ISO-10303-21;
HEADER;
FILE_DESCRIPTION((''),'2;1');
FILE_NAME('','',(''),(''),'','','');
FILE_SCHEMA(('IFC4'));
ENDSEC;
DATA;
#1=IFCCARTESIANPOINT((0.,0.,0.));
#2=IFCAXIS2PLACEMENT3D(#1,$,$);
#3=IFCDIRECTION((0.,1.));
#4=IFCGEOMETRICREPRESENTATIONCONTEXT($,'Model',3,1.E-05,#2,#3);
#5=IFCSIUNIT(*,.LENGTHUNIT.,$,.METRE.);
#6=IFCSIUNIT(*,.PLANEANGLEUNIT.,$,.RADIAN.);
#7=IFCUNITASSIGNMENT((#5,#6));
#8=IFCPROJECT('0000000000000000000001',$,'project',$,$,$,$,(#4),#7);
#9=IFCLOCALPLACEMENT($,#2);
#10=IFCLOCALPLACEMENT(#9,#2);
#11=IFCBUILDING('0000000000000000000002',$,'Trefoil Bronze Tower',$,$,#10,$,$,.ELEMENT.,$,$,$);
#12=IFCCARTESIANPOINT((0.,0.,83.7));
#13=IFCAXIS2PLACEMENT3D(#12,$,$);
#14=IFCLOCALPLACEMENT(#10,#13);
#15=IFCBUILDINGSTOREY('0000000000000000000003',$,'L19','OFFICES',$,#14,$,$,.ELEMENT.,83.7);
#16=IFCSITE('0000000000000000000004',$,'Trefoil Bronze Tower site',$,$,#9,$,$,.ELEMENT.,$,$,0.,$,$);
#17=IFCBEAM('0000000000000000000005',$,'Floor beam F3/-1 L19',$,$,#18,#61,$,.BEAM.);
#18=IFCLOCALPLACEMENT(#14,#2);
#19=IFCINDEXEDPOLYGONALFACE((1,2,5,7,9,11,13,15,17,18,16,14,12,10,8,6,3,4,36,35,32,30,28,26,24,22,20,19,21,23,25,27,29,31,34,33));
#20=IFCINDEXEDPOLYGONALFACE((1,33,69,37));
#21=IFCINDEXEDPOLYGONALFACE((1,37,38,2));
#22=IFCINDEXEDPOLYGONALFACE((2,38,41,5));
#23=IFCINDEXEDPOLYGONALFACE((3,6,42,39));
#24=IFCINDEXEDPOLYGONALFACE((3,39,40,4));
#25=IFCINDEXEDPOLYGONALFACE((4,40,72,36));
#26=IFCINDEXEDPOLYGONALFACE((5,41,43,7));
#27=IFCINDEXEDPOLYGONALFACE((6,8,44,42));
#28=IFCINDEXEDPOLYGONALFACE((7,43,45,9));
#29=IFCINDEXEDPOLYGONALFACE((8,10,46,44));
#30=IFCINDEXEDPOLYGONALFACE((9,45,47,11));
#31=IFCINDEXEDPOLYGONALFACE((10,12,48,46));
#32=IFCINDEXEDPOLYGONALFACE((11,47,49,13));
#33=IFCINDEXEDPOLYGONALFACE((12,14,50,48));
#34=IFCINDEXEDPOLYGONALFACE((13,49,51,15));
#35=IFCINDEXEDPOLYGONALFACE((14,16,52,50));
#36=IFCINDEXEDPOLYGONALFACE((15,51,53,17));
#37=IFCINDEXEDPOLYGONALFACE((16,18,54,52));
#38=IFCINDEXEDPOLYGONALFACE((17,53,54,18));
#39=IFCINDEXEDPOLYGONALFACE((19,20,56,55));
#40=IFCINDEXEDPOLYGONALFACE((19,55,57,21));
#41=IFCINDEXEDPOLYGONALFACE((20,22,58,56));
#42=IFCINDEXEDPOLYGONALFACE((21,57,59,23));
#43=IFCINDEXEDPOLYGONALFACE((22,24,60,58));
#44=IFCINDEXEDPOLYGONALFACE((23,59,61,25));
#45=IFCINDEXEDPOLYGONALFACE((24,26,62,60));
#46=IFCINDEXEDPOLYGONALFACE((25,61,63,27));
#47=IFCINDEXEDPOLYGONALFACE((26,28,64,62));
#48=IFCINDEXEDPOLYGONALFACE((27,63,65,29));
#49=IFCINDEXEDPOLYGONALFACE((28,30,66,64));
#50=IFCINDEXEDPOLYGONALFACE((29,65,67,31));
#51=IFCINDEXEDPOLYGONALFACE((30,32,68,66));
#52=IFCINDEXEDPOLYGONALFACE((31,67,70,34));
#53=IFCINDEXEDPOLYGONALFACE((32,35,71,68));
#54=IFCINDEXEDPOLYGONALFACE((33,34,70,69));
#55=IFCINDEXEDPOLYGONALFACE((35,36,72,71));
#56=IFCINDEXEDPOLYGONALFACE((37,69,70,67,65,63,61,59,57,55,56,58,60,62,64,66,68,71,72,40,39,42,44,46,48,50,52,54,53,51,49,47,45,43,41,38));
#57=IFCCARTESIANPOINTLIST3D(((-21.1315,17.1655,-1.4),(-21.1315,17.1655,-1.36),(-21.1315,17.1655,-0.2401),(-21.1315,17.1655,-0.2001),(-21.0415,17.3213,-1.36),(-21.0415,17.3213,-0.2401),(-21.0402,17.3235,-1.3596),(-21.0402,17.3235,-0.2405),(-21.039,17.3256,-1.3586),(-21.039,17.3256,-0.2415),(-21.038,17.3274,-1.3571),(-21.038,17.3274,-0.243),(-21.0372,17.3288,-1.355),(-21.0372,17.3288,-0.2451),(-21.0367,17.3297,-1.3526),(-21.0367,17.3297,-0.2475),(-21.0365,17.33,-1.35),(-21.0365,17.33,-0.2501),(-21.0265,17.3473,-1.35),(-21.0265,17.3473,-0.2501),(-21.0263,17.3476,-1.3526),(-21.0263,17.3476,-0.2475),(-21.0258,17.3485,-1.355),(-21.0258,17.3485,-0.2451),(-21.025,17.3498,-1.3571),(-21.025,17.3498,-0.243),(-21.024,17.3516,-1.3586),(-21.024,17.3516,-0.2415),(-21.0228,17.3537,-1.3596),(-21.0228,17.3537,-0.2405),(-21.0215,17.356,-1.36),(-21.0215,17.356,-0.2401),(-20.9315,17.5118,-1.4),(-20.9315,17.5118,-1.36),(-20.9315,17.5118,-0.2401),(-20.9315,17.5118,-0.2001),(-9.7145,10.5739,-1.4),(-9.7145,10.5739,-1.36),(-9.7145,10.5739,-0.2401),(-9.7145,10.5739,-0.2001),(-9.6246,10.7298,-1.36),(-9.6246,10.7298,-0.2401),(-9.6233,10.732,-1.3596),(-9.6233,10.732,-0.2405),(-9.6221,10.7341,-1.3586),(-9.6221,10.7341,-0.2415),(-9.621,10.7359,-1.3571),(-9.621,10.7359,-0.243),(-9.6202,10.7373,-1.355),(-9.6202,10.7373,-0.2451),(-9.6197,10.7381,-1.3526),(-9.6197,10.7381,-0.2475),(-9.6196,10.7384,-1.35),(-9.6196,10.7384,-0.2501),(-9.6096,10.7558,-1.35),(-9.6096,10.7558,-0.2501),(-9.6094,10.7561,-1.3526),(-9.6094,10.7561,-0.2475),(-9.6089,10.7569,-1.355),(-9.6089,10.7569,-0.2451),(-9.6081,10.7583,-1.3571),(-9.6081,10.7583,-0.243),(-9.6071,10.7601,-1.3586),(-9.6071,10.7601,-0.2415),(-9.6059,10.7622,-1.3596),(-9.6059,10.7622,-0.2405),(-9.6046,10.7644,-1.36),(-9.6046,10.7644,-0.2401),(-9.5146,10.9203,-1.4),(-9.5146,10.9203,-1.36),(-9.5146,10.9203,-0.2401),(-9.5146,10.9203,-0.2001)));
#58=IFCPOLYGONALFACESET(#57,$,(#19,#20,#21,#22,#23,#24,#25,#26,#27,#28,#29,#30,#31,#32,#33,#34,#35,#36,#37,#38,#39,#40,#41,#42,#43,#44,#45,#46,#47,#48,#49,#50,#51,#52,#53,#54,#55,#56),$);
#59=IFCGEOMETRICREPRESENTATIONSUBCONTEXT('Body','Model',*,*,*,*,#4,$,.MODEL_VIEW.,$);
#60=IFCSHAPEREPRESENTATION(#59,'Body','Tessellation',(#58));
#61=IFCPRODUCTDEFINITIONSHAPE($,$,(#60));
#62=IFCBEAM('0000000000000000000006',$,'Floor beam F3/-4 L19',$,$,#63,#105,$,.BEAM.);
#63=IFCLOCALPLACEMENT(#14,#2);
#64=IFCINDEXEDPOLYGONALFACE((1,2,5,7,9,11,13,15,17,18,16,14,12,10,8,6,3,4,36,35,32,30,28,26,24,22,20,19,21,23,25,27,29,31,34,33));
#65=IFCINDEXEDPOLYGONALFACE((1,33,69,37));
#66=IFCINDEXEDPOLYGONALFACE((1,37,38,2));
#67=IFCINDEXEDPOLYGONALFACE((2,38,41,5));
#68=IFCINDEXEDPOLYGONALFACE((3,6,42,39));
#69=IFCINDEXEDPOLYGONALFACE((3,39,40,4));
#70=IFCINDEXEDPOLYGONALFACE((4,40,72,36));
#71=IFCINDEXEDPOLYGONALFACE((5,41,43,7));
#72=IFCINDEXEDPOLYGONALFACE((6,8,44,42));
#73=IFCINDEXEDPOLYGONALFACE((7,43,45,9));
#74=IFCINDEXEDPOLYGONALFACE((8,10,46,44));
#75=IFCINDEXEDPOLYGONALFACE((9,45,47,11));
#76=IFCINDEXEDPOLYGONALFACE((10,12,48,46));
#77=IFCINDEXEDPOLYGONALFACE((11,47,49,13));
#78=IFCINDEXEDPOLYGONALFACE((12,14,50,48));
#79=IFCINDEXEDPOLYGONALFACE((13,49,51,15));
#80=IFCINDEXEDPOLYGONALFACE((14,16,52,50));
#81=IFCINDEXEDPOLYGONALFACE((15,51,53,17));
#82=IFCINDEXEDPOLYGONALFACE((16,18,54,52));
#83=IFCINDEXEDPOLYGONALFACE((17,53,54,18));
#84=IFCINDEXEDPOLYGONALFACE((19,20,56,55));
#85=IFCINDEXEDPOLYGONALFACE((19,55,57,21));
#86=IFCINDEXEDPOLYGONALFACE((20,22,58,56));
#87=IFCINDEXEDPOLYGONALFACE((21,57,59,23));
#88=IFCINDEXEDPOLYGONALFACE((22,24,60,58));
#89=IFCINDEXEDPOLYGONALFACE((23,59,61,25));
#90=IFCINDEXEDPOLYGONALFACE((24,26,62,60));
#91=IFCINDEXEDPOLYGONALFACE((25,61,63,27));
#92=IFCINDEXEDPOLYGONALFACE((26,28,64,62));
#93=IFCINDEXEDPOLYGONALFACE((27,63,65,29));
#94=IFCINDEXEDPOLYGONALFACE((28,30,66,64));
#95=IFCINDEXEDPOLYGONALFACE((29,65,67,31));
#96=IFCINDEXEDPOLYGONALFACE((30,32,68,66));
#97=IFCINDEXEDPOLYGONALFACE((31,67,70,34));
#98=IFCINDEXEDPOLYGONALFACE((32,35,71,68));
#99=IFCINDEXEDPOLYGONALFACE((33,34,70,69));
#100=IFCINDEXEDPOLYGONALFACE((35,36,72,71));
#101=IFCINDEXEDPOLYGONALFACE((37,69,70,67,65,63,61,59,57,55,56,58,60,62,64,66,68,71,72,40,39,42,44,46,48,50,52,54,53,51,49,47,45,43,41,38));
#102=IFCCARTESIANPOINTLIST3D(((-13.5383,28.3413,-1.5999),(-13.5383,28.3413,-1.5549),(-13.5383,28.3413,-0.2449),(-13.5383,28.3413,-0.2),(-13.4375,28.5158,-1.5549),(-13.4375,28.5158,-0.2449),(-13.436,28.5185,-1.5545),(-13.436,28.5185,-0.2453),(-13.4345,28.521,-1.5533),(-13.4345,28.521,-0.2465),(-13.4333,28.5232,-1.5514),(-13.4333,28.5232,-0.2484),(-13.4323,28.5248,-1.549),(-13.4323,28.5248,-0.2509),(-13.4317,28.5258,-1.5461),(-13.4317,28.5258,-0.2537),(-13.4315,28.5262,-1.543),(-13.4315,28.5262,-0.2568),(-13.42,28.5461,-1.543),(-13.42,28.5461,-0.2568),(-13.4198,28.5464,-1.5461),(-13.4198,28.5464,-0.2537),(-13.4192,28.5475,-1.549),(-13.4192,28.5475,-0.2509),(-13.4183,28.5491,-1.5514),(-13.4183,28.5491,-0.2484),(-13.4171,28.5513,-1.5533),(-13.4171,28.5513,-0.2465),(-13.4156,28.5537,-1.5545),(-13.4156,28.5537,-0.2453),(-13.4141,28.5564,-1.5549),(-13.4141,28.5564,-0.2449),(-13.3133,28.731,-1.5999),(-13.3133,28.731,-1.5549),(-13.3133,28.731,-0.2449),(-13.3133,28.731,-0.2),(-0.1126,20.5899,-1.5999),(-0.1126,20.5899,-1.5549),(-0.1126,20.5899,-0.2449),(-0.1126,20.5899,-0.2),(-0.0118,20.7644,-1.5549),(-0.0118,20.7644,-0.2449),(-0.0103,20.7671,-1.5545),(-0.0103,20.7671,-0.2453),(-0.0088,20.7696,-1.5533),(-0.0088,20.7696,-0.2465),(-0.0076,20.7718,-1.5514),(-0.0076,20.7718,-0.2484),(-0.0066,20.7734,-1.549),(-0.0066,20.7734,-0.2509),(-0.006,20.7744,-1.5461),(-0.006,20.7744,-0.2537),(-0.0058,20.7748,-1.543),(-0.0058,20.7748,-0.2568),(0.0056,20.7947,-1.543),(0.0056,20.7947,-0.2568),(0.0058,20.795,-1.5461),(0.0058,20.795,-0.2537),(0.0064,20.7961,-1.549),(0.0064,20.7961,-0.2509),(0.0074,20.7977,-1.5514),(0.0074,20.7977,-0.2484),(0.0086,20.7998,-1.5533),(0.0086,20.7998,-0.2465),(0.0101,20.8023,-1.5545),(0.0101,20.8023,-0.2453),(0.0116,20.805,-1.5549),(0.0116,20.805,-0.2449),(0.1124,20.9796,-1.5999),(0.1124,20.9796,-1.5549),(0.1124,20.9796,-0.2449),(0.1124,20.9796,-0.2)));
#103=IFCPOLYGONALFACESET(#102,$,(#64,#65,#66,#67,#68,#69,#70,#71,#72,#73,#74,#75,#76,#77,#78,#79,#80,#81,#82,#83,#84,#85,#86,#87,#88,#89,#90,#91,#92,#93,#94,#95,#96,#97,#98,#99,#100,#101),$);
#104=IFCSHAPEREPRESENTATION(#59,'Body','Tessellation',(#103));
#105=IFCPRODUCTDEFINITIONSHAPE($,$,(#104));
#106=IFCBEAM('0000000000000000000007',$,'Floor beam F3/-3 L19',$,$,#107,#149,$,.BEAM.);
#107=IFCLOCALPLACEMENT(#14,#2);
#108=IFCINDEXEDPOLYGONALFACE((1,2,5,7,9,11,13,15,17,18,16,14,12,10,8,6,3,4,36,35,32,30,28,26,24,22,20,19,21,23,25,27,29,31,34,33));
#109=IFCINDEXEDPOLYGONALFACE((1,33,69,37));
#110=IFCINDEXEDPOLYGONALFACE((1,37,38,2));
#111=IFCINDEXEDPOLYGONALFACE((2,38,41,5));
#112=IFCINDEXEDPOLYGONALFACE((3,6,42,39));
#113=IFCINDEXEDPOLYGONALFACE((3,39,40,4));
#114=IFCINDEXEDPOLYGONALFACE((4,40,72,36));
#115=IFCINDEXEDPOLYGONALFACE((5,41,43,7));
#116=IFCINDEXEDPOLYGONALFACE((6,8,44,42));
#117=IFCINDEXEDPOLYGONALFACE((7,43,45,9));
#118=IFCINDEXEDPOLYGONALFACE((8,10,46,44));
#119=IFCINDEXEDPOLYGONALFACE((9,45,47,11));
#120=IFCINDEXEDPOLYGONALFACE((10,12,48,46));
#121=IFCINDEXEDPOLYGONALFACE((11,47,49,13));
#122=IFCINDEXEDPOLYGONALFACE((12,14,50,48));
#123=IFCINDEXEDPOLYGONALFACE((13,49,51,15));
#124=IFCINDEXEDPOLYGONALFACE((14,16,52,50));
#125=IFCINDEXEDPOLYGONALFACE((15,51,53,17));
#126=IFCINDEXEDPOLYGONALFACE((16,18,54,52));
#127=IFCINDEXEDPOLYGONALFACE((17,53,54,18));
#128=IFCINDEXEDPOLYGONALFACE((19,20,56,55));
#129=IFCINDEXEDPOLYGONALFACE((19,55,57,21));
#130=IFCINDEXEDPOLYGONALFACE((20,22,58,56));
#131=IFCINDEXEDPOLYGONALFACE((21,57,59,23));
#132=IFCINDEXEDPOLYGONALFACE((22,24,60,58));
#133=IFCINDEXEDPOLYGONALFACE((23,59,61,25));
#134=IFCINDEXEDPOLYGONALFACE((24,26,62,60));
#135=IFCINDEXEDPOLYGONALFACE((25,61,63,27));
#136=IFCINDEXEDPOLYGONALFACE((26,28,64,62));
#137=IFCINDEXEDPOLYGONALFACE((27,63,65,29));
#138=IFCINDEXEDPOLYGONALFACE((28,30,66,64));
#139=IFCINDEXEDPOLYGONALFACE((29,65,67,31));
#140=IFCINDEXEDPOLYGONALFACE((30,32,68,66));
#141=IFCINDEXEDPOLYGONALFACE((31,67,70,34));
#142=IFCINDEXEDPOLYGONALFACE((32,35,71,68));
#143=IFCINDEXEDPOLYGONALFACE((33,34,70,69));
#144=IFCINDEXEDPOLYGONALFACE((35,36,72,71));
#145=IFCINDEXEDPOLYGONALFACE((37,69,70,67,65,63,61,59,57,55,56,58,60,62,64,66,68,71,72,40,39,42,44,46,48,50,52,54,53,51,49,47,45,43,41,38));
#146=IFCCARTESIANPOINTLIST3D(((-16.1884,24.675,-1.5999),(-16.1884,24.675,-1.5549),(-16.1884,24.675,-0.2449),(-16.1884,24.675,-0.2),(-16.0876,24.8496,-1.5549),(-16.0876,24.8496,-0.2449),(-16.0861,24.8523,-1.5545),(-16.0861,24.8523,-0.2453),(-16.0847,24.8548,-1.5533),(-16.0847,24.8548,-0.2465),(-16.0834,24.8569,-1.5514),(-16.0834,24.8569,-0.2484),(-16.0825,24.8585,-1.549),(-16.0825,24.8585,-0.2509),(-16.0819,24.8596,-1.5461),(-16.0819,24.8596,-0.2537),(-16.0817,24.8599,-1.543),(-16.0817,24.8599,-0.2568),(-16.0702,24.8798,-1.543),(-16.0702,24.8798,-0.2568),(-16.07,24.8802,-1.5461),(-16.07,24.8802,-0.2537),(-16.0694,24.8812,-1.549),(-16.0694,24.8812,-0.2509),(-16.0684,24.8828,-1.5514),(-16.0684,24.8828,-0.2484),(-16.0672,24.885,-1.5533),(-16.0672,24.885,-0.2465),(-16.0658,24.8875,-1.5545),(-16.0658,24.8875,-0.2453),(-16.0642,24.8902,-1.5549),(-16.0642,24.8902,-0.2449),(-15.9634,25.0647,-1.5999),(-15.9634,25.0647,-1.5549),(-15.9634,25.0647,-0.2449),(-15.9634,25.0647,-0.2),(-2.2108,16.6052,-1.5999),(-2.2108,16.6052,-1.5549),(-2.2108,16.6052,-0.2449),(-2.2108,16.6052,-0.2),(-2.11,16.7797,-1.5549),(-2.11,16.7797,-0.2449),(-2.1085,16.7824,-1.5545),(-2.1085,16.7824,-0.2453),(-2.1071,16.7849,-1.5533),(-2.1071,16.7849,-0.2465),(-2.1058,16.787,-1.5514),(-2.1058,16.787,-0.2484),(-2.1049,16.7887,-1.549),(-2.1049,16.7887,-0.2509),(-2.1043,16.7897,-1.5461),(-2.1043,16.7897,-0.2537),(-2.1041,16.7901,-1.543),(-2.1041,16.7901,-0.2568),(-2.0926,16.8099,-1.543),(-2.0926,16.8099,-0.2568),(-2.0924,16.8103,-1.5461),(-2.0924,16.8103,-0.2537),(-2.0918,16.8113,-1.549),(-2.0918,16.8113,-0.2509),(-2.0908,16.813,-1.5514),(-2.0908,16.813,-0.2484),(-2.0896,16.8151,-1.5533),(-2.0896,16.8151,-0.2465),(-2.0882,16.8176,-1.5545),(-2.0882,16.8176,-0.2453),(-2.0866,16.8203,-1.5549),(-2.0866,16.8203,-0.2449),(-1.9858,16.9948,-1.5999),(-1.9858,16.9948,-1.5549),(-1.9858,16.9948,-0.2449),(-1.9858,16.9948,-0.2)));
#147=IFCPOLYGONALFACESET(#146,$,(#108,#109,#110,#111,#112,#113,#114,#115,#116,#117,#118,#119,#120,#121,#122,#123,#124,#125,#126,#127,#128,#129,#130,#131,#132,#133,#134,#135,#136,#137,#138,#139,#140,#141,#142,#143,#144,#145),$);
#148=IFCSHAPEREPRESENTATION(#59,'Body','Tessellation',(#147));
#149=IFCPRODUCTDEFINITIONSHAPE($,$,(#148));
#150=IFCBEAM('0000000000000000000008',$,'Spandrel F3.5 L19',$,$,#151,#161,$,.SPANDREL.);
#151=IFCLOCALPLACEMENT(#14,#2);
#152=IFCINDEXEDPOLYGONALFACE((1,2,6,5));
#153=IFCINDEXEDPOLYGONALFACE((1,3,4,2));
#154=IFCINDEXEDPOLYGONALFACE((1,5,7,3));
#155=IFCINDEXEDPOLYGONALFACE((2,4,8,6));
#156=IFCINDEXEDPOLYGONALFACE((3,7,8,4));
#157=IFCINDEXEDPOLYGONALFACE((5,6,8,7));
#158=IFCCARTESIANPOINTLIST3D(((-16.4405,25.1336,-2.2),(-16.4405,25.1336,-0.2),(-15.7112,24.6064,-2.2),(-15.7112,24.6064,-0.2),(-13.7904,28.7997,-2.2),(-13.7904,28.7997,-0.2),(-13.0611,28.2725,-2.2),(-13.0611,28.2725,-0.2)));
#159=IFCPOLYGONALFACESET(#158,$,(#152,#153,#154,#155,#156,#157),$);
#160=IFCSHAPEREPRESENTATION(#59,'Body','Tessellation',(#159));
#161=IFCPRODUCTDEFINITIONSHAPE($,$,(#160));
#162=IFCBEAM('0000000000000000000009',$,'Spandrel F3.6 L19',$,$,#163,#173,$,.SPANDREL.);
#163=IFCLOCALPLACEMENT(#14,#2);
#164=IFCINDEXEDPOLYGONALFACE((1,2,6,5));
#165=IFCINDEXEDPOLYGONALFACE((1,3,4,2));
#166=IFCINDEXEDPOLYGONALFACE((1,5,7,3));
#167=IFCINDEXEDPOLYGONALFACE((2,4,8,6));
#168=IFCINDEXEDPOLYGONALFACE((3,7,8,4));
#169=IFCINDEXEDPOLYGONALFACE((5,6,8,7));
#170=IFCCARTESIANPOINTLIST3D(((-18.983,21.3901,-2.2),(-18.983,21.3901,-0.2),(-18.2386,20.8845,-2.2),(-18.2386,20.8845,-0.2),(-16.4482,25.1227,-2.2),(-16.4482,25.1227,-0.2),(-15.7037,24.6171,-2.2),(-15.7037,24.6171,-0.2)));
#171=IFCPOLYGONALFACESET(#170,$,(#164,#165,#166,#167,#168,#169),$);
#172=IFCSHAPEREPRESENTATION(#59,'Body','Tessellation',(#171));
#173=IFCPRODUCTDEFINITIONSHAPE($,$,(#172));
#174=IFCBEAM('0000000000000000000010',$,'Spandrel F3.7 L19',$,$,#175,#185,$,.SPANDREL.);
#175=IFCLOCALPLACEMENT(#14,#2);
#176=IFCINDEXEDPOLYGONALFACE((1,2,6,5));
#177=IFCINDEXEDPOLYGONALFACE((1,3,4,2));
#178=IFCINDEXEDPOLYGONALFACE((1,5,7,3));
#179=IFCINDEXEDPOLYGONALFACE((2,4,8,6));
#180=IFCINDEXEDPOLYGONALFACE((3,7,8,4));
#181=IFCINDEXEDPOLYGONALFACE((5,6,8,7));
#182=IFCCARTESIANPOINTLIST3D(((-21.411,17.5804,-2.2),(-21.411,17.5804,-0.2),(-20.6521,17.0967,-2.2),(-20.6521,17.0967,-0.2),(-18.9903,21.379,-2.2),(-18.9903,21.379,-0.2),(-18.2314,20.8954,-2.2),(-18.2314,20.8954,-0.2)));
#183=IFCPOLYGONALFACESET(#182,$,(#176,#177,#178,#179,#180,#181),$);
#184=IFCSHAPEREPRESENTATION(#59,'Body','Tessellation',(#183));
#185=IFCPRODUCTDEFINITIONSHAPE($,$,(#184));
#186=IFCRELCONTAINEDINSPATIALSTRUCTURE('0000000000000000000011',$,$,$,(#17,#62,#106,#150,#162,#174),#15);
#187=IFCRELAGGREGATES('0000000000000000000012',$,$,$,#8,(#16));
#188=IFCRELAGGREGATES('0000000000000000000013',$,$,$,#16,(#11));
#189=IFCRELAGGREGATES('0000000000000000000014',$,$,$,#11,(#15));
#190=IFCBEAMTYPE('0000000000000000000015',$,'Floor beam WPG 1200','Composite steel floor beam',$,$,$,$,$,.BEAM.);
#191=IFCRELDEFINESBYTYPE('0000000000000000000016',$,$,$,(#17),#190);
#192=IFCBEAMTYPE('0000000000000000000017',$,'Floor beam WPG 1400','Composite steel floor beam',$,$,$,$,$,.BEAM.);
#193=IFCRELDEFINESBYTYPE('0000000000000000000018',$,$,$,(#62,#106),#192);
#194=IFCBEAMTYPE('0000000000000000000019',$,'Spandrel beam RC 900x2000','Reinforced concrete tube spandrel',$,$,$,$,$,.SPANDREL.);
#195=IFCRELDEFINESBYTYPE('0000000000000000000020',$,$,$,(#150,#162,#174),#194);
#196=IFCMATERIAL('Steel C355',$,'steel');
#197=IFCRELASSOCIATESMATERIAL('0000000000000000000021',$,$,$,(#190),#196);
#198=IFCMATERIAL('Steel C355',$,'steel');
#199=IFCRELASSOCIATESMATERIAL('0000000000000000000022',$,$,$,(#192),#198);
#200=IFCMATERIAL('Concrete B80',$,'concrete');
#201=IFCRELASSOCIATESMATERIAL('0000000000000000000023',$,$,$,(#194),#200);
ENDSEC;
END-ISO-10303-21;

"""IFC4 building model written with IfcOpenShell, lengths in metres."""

from ifc_helpers import new_model, si_unit, direction, frame, origin, origin_2d, place, context, subcontext, project, spatial, rectangle, i_section, extrude, material, material_profile, profile_set, type_object, element, save


model = new_model("IFC4")

# Units and contexts
model_context = context("Model", 3, precision=1e-05, world=origin(), true_north=direction((0.0, 1.0)))
body_context = subcontext(model_context, "Body", "Model", "MODEL_VIEW")
ifc_project = project(units=[si_unit("LENGTHUNIT", "METRE"), si_unit("PLANEANGLEUNIT", "RADIAN")], contexts=[model_context])

# Site, building, storey
site_placement = place(None, origin())
site = spatial("IfcSite", under=ifc_project, at=site_placement, Name="Trefoil Bronze Tower site", CompositionType="ELEMENT", RefElevation=0.0)
building_placement = place(site_placement, origin())
building = spatial("IfcBuilding", under=site, at=building_placement, Name="Trefoil Bronze Tower", CompositionType="ELEMENT")
storey_placement = place(building_placement, frame((0.0, 0.0, 83.7)))
storey = spatial("IfcBuildingStorey", under=building, at=storey_placement, Name="L19", Description="OFFICES", CompositionType="ELEMENT", Elevation=83.7)

# Beams
ifc_material_1 = material(Name="Steel C355", Category="steel")
ifc_material_profile_1 = material_profile(ifc_material_1, i_section(OverallWidth=0.3999, OverallDepth=1.2, WebThickness=0.02, FlangeThickness=0.04, FilletRadius=0.01, at=origin_2d()), Name="WPG 1200")
ifc_profile_set_1 = profile_set([ifc_material_profile_1], Name="Steel C355")
beam_type_1 = type_object("IfcBeamType", Name="Floor beam WPG 1200", Description="Composite steel floor beam", PredefinedType="BEAM", material=ifc_profile_set_1)
beam_1_placement = place(storey_placement, frame((-21.0315, 17.3386, -0.8), z_axis=(0.866027, -0.499997, 0.0), x_axis=(0.499997, 0.866027, 0.0)))
element("IfcBeam", 1, at=beam_1_placement, inside=storey, type_object=beam_type_1, Name="Floor beam F3/-1 L19", PredefinedType="BEAM", context=body_context, shape_type="SweptSolid", body=[
    extrude(i_section(OverallWidth=0.3999, OverallDepth=1.2, WebThickness=0.02, FlangeThickness=0.04, FilletRadius=0.01, at=origin_2d()), origin(), (0.0, 0.0, 1.0), 13.1831),
])
ifc_material_2 = material(Name="Steel C355", Category="steel")
ifc_material_profile_2 = material_profile(ifc_material_2, i_section(OverallWidth=0.45, OverallDepth=1.3999, WebThickness=0.0229, FlangeThickness=0.0449, FilletRadius=0.012, at=origin_2d()), Name="WPG 1400")
ifc_profile_set_2 = profile_set([ifc_material_profile_2], Name="Steel C355")
beam_type_2 = type_object("IfcBeamType", Name="Floor beam WPG 1400", Description="Composite steel floor beam", PredefinedType="BEAM", material=ifc_profile_set_2)
beam_2_placement = place(storey_placement, frame((-13.4258, 28.5361, -0.8999), z_axis=(0.866023, -0.500004, 0.0), x_axis=(0.500004, 0.866023, 0.0)))
element("IfcBeam", 2, at=beam_2_placement, inside=storey, type_object=beam_type_2, Name="Floor beam F3/-4 L19", PredefinedType="BEAM", context=body_context, shape_type="SweptSolid", body=[
    extrude(i_section(OverallWidth=0.45, OverallDepth=1.3999, WebThickness=0.0229, FlangeThickness=0.0449, FilletRadius=0.012, at=origin_2d()), origin(), (0.0, 0.0, 1.0), 15.5027),
])
beam_3_placement = place(storey_placement, frame((-16.0759, 24.8699, -0.8999), z_axis=(0.866028, -0.499995, 0.0), x_axis=(0.499995, 0.866028, 0.0)))
element("IfcBeam", 3, at=beam_3_placement, inside=storey, type_object=beam_type_2, Name="Floor beam F3/-3 L19", PredefinedType="BEAM", context=body_context, shape_type="SweptSolid", body=[
    extrude(i_section(OverallWidth=0.45, OverallDepth=1.3999, WebThickness=0.0229, FlangeThickness=0.0449, FilletRadius=0.012, at=origin_2d()), origin(), (0.0, 0.0, 1.0), 16.1399),
])
ifc_material_3 = material(Name="Concrete B80", Category="concrete")
ifc_material_profile_3 = material_profile(ifc_material_3, rectangle(XDim=0.8999, YDim=2.0, at=origin_2d()), Name="RC 900x2000")
ifc_profile_set_3 = profile_set([ifc_material_profile_3], Name="Concrete B80")
beam_type_3 = type_object("IfcBeamType", Name="Spandrel beam RC 900x2000", Description="Reinforced concrete tube spandrel", PredefinedType="SPANDREL", material=ifc_profile_set_3)
beam_4_placement = place(storey_placement, frame((-13.4258, 28.5361, -1.2), z_axis=(-0.585824, -0.810439, 0.0), x_axis=(0.810439, -0.585824, 0.0)))
element("IfcBeam", 4, at=beam_4_placement, inside=storey, type_object=beam_type_3, Name="Spandrel F3.5 L19", PredefinedType="SPANDREL", context=body_context, shape_type="SweptSolid", body=[
    extrude(rectangle(XDim=0.8999, YDim=2.0, at=origin_2d()), origin(), (0.0, 0.0, 1.0), 4.5237),
])
beam_5_placement = place(storey_placement, frame((-16.0759, 24.8699, -1.2), z_axis=(-0.56181, -0.827267, 0.0), x_axis=(0.827267, -0.56181, 0.0)))
element("IfcBeam", 5, at=beam_5_placement, inside=storey, type_object=beam_type_3, Name="Spandrel F3.6 L19", PredefinedType="SPANDREL", context=body_context, shape_type="SweptSolid", body=[
    extrude(rectangle(XDim=0.8999, YDim=2.0, at=origin_2d()), origin(), (0.0, 0.0, 1.0), 4.512),
])
beam_6_placement = place(storey_placement, frame((-18.6108, 21.1372, -1.2), z_axis=(-0.537408, -0.843322, 0.0), x_axis=(0.843322, -0.537408, 0.0)))
element("IfcBeam", 6, at=beam_6_placement, inside=storey, type_object=beam_type_3, Name="Spandrel F3.7 L19", PredefinedType="SPANDREL", context=body_context, shape_type="SweptSolid", body=[
    extrude(rectangle(XDim=0.8999, YDim=2.0, at=origin_2d()), origin(), (0.0, 0.0, 1.0), 4.5044),
])

save(model, "model.ifc")
